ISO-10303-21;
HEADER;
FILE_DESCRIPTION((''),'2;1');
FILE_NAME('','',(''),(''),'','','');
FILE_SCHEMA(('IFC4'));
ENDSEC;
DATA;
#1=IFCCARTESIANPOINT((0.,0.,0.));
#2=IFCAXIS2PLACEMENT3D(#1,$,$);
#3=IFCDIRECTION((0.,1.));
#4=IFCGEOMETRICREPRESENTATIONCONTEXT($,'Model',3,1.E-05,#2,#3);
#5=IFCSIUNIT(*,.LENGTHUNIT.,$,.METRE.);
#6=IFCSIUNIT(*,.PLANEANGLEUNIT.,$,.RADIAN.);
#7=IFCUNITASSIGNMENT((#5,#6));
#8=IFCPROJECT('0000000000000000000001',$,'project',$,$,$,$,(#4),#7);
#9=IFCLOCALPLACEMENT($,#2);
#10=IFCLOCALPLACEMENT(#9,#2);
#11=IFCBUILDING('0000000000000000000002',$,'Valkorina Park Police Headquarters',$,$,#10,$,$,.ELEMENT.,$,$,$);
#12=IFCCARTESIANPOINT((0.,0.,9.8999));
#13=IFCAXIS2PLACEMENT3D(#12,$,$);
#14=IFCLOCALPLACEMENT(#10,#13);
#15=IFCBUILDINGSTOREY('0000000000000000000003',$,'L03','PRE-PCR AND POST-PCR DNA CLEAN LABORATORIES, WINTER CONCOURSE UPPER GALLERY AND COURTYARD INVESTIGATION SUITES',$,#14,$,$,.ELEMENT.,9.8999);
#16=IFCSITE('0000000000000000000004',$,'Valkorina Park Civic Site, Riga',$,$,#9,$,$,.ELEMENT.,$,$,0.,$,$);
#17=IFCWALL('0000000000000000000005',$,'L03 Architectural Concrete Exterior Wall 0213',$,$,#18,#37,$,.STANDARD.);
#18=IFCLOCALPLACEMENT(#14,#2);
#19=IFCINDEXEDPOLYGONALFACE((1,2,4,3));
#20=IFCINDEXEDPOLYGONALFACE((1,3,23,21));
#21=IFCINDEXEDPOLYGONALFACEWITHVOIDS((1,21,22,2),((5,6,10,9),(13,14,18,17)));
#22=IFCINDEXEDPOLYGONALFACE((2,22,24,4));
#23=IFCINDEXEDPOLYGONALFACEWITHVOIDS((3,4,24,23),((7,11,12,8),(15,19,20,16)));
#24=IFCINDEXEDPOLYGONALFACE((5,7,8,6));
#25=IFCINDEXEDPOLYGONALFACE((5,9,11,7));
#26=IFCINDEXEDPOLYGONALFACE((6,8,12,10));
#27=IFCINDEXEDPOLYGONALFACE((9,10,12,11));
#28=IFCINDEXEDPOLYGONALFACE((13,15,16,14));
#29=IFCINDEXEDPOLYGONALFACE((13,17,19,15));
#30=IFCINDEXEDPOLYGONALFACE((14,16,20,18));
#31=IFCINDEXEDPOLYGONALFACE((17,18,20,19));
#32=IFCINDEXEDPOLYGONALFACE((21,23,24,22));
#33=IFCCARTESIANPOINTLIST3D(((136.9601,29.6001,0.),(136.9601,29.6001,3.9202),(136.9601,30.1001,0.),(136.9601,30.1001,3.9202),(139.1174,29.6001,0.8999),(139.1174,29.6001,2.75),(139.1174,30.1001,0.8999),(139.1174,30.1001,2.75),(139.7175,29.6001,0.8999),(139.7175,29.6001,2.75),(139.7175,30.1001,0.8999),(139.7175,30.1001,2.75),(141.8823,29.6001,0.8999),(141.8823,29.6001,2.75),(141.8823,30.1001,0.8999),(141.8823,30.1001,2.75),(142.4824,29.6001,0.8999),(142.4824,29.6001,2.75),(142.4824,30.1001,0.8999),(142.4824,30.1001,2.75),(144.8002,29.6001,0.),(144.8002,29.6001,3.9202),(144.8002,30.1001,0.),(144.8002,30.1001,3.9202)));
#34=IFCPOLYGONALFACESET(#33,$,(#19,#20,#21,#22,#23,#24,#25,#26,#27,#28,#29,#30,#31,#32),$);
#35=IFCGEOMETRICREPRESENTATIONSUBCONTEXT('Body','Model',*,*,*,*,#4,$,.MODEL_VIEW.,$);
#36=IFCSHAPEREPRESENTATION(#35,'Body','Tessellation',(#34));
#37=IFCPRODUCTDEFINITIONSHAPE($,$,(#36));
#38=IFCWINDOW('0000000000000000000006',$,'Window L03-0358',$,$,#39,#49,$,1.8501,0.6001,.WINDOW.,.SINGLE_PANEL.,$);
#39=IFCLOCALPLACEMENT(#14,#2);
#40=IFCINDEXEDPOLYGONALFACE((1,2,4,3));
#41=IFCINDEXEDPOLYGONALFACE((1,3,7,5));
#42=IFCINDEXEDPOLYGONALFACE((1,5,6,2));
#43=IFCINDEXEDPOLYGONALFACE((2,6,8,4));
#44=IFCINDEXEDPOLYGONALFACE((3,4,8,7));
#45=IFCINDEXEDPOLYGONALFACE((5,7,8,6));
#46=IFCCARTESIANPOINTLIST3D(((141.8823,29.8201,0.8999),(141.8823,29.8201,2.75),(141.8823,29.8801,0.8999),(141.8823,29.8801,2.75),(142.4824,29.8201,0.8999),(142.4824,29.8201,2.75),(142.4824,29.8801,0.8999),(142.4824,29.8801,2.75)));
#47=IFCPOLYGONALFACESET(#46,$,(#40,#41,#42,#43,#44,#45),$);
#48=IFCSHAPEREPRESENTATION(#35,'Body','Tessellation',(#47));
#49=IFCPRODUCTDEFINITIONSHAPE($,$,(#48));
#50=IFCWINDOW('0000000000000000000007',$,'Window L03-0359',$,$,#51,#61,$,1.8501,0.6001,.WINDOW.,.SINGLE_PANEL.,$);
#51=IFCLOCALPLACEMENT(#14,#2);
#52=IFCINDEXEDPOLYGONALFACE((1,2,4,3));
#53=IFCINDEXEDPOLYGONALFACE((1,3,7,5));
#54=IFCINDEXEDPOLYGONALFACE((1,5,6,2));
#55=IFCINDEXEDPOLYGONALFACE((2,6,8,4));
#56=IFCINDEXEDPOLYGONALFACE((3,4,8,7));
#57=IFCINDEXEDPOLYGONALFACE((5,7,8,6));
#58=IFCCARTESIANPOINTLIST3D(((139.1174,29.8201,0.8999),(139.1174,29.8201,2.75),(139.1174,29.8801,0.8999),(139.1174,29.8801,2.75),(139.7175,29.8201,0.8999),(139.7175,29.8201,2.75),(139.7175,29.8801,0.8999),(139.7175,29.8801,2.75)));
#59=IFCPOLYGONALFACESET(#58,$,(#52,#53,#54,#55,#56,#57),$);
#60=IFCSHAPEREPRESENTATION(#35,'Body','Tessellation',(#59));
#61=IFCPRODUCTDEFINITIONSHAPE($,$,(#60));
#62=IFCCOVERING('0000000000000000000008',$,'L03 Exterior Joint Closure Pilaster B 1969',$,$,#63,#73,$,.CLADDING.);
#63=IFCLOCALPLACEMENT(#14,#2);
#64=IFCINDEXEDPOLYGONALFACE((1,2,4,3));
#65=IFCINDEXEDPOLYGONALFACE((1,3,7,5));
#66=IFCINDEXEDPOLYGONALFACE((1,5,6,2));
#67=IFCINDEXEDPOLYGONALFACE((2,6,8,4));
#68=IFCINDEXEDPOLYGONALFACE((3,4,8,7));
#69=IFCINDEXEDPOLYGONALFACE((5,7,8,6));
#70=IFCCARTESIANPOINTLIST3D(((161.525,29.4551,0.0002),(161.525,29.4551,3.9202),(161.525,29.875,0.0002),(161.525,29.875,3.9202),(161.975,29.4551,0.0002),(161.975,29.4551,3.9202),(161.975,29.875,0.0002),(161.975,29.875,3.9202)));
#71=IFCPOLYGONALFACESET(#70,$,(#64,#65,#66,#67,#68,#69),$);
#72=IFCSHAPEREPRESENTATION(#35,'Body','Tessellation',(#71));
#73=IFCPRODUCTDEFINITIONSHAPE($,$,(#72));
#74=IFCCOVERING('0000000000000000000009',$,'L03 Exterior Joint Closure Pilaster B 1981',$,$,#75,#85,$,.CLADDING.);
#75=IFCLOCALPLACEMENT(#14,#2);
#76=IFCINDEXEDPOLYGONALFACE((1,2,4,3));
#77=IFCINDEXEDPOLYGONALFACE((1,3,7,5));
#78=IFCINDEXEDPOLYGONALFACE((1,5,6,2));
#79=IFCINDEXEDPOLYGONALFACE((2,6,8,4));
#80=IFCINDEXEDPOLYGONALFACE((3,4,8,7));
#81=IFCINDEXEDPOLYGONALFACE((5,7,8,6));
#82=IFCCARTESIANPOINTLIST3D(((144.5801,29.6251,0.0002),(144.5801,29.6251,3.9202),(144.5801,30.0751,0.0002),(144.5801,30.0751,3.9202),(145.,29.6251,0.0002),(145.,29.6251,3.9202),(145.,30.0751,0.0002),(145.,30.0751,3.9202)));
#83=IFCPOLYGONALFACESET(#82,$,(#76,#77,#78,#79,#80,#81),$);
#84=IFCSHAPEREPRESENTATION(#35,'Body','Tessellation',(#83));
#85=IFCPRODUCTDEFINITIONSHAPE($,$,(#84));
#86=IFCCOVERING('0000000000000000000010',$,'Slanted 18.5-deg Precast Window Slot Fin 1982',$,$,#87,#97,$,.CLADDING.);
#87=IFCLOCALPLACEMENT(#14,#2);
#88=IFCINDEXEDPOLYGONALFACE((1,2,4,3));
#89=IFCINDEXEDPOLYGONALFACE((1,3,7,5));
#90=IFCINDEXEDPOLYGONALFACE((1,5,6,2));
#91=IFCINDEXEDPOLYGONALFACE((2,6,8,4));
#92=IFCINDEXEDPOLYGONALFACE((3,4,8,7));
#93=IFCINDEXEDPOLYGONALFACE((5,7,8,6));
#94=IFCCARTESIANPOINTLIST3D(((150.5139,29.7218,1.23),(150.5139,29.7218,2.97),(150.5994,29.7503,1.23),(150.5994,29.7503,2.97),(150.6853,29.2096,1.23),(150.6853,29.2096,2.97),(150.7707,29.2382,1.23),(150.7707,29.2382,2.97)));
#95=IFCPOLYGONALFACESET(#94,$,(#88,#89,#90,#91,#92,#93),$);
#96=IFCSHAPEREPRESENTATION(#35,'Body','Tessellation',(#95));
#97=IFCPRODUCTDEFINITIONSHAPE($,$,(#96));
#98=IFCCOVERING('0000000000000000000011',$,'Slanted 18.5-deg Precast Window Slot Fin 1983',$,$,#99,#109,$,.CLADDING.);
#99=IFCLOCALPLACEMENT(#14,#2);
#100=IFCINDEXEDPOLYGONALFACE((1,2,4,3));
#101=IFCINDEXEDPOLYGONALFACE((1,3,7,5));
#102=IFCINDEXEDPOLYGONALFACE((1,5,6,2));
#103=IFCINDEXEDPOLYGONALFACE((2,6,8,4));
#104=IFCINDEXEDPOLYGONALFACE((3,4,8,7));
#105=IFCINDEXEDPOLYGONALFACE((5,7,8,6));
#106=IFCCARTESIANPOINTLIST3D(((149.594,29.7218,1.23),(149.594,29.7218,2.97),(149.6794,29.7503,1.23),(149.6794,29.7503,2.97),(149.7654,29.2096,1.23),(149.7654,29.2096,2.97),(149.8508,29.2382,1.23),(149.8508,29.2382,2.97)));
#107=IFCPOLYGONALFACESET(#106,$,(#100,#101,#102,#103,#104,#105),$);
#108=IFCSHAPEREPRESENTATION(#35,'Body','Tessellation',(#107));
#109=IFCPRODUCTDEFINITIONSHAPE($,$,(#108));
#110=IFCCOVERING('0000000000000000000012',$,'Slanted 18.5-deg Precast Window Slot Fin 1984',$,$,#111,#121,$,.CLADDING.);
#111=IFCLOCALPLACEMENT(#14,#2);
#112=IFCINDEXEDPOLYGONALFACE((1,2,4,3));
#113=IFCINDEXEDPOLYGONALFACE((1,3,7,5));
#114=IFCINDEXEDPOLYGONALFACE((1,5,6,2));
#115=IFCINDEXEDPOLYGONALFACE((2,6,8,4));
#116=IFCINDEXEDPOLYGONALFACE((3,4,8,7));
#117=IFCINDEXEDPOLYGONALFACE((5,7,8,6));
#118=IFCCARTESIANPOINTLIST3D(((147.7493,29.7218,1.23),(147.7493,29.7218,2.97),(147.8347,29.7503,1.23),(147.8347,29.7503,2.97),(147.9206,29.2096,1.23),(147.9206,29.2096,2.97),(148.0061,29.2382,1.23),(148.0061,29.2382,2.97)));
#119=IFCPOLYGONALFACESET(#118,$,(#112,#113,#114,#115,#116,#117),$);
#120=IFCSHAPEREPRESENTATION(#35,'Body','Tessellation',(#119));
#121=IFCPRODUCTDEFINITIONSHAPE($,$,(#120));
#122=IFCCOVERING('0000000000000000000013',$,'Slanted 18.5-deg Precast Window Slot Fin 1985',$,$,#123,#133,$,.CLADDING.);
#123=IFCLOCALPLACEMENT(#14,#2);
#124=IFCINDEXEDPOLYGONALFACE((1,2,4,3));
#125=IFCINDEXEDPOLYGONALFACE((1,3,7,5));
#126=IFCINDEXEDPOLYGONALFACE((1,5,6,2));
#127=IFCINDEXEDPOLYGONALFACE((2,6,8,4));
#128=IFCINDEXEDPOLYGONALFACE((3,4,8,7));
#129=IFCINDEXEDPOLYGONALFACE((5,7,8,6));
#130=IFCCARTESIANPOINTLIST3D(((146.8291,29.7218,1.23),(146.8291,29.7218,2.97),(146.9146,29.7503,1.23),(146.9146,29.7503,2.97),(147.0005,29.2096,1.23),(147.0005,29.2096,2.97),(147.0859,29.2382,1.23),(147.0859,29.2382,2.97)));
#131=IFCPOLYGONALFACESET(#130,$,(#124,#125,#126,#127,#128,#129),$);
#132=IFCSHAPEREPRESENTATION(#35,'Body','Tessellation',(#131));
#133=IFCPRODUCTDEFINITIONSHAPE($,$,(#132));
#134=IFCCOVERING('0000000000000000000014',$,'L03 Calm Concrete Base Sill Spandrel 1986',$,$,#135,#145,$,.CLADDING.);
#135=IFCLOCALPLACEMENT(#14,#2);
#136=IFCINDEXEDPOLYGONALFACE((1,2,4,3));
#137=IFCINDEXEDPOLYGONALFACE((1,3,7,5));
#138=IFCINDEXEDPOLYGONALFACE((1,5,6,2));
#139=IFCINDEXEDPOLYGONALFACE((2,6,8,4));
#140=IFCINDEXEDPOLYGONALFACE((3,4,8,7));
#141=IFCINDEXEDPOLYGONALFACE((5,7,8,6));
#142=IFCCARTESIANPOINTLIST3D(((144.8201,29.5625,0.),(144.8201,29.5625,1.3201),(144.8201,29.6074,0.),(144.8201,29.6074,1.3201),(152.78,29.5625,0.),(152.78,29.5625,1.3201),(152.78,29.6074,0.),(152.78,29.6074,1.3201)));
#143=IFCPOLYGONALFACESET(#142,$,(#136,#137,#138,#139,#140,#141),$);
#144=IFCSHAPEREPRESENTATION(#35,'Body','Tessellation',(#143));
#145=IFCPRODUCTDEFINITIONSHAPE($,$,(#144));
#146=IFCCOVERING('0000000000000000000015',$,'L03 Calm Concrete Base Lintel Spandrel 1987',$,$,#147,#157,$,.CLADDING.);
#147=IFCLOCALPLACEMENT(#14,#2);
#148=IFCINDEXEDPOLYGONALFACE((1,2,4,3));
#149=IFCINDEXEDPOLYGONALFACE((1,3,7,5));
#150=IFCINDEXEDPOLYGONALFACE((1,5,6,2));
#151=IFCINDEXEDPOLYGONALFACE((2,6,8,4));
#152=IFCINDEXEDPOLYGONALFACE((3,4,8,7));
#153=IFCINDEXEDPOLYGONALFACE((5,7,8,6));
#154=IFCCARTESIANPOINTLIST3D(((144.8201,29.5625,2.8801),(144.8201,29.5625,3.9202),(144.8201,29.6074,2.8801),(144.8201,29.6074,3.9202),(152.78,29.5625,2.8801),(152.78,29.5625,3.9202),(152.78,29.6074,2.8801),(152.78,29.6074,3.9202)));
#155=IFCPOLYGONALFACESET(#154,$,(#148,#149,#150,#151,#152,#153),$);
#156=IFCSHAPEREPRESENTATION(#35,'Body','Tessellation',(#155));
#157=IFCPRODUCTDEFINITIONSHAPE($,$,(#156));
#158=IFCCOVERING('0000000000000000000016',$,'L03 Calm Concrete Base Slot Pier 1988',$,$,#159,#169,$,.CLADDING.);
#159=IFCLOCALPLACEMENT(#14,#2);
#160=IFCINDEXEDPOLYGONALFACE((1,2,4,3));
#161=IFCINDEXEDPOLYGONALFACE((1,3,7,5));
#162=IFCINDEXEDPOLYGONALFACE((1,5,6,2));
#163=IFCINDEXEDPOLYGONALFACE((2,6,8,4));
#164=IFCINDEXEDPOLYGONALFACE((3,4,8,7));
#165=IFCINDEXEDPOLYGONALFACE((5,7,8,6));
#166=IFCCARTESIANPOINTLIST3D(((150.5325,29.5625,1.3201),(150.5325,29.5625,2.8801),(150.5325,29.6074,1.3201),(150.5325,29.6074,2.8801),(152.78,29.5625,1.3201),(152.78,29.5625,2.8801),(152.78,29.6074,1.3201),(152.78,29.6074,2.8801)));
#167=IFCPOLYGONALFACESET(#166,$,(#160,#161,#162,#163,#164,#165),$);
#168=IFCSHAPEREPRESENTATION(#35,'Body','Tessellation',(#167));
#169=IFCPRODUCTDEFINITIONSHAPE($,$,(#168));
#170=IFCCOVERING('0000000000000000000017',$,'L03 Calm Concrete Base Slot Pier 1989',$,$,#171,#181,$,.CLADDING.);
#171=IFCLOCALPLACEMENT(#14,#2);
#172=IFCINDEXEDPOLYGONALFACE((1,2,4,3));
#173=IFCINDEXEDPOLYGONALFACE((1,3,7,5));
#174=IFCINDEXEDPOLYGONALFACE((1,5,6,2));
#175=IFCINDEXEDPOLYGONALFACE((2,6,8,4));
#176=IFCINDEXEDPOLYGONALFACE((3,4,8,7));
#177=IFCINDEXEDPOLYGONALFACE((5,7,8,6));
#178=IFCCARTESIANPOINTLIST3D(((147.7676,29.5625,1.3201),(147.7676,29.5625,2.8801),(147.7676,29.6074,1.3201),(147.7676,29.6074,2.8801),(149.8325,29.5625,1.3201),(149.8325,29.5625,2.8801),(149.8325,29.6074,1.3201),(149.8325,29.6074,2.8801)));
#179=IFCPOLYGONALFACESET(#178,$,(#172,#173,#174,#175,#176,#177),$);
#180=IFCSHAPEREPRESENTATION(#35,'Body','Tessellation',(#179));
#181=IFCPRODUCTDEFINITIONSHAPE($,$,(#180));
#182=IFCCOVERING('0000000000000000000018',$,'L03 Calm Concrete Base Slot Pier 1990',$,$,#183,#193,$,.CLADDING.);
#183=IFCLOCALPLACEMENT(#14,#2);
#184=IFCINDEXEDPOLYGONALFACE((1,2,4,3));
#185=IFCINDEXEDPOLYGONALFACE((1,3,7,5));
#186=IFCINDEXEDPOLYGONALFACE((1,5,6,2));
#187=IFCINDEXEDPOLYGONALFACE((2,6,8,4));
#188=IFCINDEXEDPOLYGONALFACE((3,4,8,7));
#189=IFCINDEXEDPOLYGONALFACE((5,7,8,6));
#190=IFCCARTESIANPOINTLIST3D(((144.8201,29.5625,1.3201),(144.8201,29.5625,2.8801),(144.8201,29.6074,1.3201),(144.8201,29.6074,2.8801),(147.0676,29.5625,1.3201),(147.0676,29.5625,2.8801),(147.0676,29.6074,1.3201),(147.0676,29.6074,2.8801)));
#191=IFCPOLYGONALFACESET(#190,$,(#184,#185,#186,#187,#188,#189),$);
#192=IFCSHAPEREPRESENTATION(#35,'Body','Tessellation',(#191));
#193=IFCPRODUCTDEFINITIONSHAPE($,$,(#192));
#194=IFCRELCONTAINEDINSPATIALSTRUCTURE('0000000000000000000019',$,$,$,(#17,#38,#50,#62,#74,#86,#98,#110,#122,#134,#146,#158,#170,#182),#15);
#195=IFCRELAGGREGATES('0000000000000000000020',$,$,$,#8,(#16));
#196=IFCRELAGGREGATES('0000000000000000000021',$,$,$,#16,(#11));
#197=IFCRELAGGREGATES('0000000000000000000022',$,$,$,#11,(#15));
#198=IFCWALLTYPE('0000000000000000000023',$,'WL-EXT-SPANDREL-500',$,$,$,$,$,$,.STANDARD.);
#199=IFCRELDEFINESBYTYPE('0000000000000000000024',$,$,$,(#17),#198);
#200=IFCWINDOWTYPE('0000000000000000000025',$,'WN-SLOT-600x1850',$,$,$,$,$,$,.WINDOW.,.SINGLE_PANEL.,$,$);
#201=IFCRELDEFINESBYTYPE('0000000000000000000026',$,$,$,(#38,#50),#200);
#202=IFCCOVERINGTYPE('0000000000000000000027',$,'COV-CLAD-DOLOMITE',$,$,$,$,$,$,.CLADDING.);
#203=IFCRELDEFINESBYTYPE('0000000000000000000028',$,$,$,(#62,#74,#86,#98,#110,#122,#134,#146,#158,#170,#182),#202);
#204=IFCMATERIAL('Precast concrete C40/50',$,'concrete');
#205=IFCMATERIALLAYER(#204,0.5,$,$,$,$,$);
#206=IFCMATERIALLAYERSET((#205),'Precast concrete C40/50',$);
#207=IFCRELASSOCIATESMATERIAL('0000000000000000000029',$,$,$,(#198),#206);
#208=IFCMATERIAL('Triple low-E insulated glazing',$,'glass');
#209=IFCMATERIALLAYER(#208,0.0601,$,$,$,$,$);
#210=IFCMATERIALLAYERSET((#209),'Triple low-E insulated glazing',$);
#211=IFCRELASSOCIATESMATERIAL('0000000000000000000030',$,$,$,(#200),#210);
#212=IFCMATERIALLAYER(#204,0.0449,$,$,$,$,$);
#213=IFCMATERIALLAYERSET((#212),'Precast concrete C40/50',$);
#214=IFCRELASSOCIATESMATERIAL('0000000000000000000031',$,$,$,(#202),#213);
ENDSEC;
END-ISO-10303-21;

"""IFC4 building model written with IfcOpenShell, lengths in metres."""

from ifc_helpers import new_model, si_unit, direction, frame, frame_2d, origin, origin_2d, place, context, subcontext, project, spatial, rectangle, extrude, material, layer, layer_set, type_object, element, fill, save


model = new_model("IFC4")

# Units and contexts
model_context = context("Model", 3, precision=1e-05, world=origin(), true_north=direction((0.0, 1.0)))
body_context = subcontext(model_context, "Body", "Model", "MODEL_VIEW")
ifc_project = project(units=[si_unit("LENGTHUNIT", "METRE"), si_unit("PLANEANGLEUNIT", "RADIAN")], contexts=[model_context])

# Site, building, storey
site_placement = place(None, origin())
site = spatial("IfcSite", under=ifc_project, at=site_placement, Name="Valkorina Park Civic Site, Riga", CompositionType="ELEMENT", RefElevation=0.0)
building_placement = place(site_placement, origin())
building = spatial("IfcBuilding", under=site, at=building_placement, Name="Valkorina Park Police Headquarters", CompositionType="ELEMENT")
storey_placement = place(building_placement, frame((0.0, 0.0, 9.8999)))
storey = spatial("IfcBuildingStorey", under=building, at=storey_placement, Name="L03", Description="PRE-PCR AND POST-PCR DNA CLEAN LABORATORIES, WINTER CONCOURSE UPPER GALLERY AND COURTYARD INVESTIGATION SUITES", CompositionType="ELEMENT", Elevation=9.8999)

# Wall, openings, windows
ifc_material_1 = material(Name="Precast concrete C40/50", Category="concrete")
ifc_layer_1 = layer(ifc_material_1, 0.5)
ifc_layer_set_1 = layer_set([ifc_layer_1], Name="Precast concrete C40/50")
wall_type = type_object("IfcWallType", Name="WL-EXT-SPANDREL-500", PredefinedType="STANDARD", material=ifc_layer_set_1)
wall_placement = place(storey_placement, frame((144.8, 29.8501, 0.0), z_axis=(0.0, 0.0, 1.0), x_axis=(-1.0, 0.0, 0.0)))
wall = element("IfcWall", 1, at=wall_placement, inside=storey, type_object=wall_type, Name="L03 Architectural Concrete Exterior Wall 0213", PredefinedType="STANDARD", context=body_context, shape_type="SweptSolid", body=[
    extrude(rectangle(XDim=7.8401, YDim=0.5, at=frame_2d((3.9199, 0.0))), origin(), (0.0, 0.0, 1.0), 3.9202),
])
opening_1_placement = place(wall_placement, frame((2.3176, 0.0, 0.8999)))
opening_1 = element("IfcOpeningElement", 2, at=opening_1_placement, cuts=wall, PredefinedType="OPENING", context=body_context, shape_type="SweptSolid", body=[
    extrude(rectangle(XDim=0.6001, YDim=1.8501, at=frame_2d((0.3, 0.925))), frame((0.0, 0.26, 0.0), z_axis=(0.0, -1.0, 0.0), x_axis=(1.0, 0.0, 0.0)), (0.0, 0.0, 1.0), 0.52),
])
opening_2_placement = place(wall_placement, frame((5.0825, 0.0, 0.8999)))
opening_2 = element("IfcOpeningElement", 3, at=opening_2_placement, cuts=wall, PredefinedType="OPENING", context=body_context, shape_type="SweptSolid", body=[
    extrude(rectangle(XDim=0.6001, YDim=1.8501, at=frame_2d((0.3, 0.925))), frame((0.0, 0.26, 0.0), z_axis=(0.0, -1.0, 0.0), x_axis=(1.0, 0.0, 0.0)), (0.0, 0.0, 1.0), 0.52),
])
ifc_material_2 = material(Name="Triple low-E insulated glazing", Category="glass")
ifc_layer_2 = layer(ifc_material_2, 0.0601)
ifc_layer_set_2 = layer_set([ifc_layer_2], Name="Triple low-E insulated glazing")
window_type = type_object("IfcWindowType", Name="WN-SLOT-600x1850", PartitioningType="SINGLE_PANEL", PredefinedType="WINDOW", material=ifc_layer_set_2)
window_1_placement = place(opening_1_placement, origin())
window_1 = element("IfcWindow", 4, at=window_1_placement, inside=storey, type_object=window_type, Name="Window L03-0358", OverallHeight=1.8501, OverallWidth=0.6001, PartitioningType="SINGLE_PANEL", PredefinedType="WINDOW", context=body_context, shape_type="SweptSolid", body=[
    extrude(rectangle(XDim=0.6001, YDim=1.8501, at=frame_2d((0.3, 0.925))), frame((0.0, 0.03, 0.0), z_axis=(0.0, -1.0, 0.0), x_axis=(1.0, 0.0, 0.0)), (0.0, 0.0, 1.0), 0.0601),
])
fill(opening_1, window_1)
window_2_placement = place(opening_2_placement, origin())
window_2 = element("IfcWindow", 5, at=window_2_placement, inside=storey, type_object=window_type, Name="Window L03-0359", OverallHeight=1.8501, OverallWidth=0.6001, PartitioningType="SINGLE_PANEL", PredefinedType="WINDOW", context=body_context, shape_type="SweptSolid", body=[
    extrude(rectangle(XDim=0.6001, YDim=1.8501, at=frame_2d((0.3, 0.925))), frame((0.0, 0.03, 0.0), z_axis=(0.0, -1.0, 0.0), x_axis=(1.0, 0.0, 0.0)), (0.0, 0.0, 1.0), 0.0601),
])
fill(opening_2, window_2)

# Coverings
ifc_layer_3 = layer(ifc_material_1, 0.0449)
ifc_layer_set_3 = layer_set([ifc_layer_3], Name="Precast concrete C40/50")
covering_type = type_object("IfcCoveringType", Name="COV-CLAD-DOLOMITE", PredefinedType="CLADDING", material=ifc_layer_set_3)
for number, where, z_axis, x_axis, name in (
    (6, (161.75, 29.665, 0.0002), (0.0, 0.0, 1.0), (0.0, 1.0, 0.0), "L03 Exterior Joint Closure Pilaster B 1969"),
    (7, (144.79, 29.8501, 0.0002), (0.0, 0.0, 1.0), (1.0, 0.0, 0.0), "L03 Exterior Joint Closure Pilaster B 1981"),
):
    element("IfcCovering", number, at=place(storey_placement, frame(where, z_axis=z_axis, x_axis=x_axis)), inside=storey, type_object=covering_type, Name=name, PredefinedType="CLADDING", context=body_context, shape_type="SweptSolid", body=[
        extrude(rectangle(XDim=0.4199, YDim=0.45, at=origin_2d()), origin(), (0.0, 0.0, 1.0), 3.9199),
    ])
for number, where, z_axis, x_axis, name in (
    (8, (150.6423, 29.48, 1.23), (0.0, 0.0, 1.0), (0.317305, -0.948324, 0.0), "Slanted 18.5-deg Precast Window Slot Fin 1982"),
    (9, (149.7224, 29.48, 1.23), (0.0, 0.0, 1.0), (0.317305, -0.948324, 0.0), "Slanted 18.5-deg Precast Window Slot Fin 1983"),
    (10, (147.8777, 29.48, 1.23), (0.0, 0.0, 1.0), (0.317305, -0.948324, 0.0), "Slanted 18.5-deg Precast Window Slot Fin 1984"),
    (11, (146.9575, 29.48, 1.23), (0.0, 0.0, 1.0), (0.317305, -0.948324, 0.0), "Slanted 18.5-deg Precast Window Slot Fin 1985"),
):
    element("IfcCovering", number, at=place(storey_placement, frame(where, z_axis=z_axis, x_axis=x_axis)), inside=storey, type_object=covering_type, Name=name, PredefinedType="CLADDING", context=body_context, shape_type="SweptSolid", body=[
        extrude(rectangle(XDim=0.54, YDim=0.0901, at=origin_2d()), origin(), (0.0, 0.0, 1.0), 1.74),
    ])
covering_1_placement = place(storey_placement, frame((152.78, 29.585, 0.0), z_axis=(0.0, 0.0, 1.0), x_axis=(-1.0, 0.0, 0.0)))
element("IfcCovering", 12, at=covering_1_placement, inside=storey, type_object=covering_type, Name="L03 Calm Concrete Base Sill Spandrel 1986", PredefinedType="CLADDING", context=body_context, shape_type="SweptSolid", body=[
    extrude(rectangle(XDim=7.96, YDim=0.0449, at=frame_2d((3.98, 0.0))), origin(), (0.0, 0.0, 1.0), 1.3201),
])
covering_2_placement = place(storey_placement, frame((152.78, 29.585, 2.8801), z_axis=(0.0, 0.0, 1.0), x_axis=(-1.0, 0.0, 0.0)))
element("IfcCovering", 13, at=covering_2_placement, inside=storey, type_object=covering_type, Name="L03 Calm Concrete Base Lintel Spandrel 1987", PredefinedType="CLADDING", context=body_context, shape_type="SweptSolid", body=[
    extrude(rectangle(XDim=7.96, YDim=0.0449, at=frame_2d((3.98, 0.0))), origin(), (0.0, 0.0, 1.0), 1.04),
])
covering_3_placement = place(storey_placement, frame((152.78, 29.585, 1.3201), z_axis=(0.0, 0.0, 1.0), x_axis=(-1.0, 0.0, 0.0)))
element("IfcCovering", 14, at=covering_3_placement, inside=storey, type_object=covering_type, Name="L03 Calm Concrete Base Slot Pier 1988", PredefinedType="CLADDING", context=body_context, shape_type="SweptSolid", body=[
    extrude(rectangle(XDim=2.2476, YDim=0.0449, at=frame_2d((1.1238, 0.0))), origin(), (0.0, 0.0, 1.0), 1.5601),
])
covering_4_placement = place(storey_placement, frame((149.8325, 29.585, 1.3201), z_axis=(0.0, 0.0, 1.0), x_axis=(-1.0, 0.0, 0.0)))
element("IfcCovering", 15, at=covering_4_placement, inside=storey, type_object=covering_type, Name="L03 Calm Concrete Base Slot Pier 1989", PredefinedType="CLADDING", context=body_context, shape_type="SweptSolid", body=[
    extrude(rectangle(XDim=2.0649, YDim=0.0449, at=frame_2d((1.0325, 0.0))), origin(), (0.0, 0.0, 1.0), 1.5601),
])
covering_5_placement = place(storey_placement, frame((147.0676, 29.585, 1.3201), z_axis=(0.0, 0.0, 1.0), x_axis=(-1.0, 0.0, 0.0)))
element("IfcCovering", 16, at=covering_5_placement, inside=storey, type_object=covering_type, Name="L03 Calm Concrete Base Slot Pier 1990", PredefinedType="CLADDING", context=body_context, shape_type="SweptSolid", body=[
    extrude(rectangle(XDim=2.2476, YDim=0.0449, at=frame_2d((1.1238, 0.0))), origin(), (0.0, 0.0, 1.0), 1.5601),
])

save(model, "model.ifc")
